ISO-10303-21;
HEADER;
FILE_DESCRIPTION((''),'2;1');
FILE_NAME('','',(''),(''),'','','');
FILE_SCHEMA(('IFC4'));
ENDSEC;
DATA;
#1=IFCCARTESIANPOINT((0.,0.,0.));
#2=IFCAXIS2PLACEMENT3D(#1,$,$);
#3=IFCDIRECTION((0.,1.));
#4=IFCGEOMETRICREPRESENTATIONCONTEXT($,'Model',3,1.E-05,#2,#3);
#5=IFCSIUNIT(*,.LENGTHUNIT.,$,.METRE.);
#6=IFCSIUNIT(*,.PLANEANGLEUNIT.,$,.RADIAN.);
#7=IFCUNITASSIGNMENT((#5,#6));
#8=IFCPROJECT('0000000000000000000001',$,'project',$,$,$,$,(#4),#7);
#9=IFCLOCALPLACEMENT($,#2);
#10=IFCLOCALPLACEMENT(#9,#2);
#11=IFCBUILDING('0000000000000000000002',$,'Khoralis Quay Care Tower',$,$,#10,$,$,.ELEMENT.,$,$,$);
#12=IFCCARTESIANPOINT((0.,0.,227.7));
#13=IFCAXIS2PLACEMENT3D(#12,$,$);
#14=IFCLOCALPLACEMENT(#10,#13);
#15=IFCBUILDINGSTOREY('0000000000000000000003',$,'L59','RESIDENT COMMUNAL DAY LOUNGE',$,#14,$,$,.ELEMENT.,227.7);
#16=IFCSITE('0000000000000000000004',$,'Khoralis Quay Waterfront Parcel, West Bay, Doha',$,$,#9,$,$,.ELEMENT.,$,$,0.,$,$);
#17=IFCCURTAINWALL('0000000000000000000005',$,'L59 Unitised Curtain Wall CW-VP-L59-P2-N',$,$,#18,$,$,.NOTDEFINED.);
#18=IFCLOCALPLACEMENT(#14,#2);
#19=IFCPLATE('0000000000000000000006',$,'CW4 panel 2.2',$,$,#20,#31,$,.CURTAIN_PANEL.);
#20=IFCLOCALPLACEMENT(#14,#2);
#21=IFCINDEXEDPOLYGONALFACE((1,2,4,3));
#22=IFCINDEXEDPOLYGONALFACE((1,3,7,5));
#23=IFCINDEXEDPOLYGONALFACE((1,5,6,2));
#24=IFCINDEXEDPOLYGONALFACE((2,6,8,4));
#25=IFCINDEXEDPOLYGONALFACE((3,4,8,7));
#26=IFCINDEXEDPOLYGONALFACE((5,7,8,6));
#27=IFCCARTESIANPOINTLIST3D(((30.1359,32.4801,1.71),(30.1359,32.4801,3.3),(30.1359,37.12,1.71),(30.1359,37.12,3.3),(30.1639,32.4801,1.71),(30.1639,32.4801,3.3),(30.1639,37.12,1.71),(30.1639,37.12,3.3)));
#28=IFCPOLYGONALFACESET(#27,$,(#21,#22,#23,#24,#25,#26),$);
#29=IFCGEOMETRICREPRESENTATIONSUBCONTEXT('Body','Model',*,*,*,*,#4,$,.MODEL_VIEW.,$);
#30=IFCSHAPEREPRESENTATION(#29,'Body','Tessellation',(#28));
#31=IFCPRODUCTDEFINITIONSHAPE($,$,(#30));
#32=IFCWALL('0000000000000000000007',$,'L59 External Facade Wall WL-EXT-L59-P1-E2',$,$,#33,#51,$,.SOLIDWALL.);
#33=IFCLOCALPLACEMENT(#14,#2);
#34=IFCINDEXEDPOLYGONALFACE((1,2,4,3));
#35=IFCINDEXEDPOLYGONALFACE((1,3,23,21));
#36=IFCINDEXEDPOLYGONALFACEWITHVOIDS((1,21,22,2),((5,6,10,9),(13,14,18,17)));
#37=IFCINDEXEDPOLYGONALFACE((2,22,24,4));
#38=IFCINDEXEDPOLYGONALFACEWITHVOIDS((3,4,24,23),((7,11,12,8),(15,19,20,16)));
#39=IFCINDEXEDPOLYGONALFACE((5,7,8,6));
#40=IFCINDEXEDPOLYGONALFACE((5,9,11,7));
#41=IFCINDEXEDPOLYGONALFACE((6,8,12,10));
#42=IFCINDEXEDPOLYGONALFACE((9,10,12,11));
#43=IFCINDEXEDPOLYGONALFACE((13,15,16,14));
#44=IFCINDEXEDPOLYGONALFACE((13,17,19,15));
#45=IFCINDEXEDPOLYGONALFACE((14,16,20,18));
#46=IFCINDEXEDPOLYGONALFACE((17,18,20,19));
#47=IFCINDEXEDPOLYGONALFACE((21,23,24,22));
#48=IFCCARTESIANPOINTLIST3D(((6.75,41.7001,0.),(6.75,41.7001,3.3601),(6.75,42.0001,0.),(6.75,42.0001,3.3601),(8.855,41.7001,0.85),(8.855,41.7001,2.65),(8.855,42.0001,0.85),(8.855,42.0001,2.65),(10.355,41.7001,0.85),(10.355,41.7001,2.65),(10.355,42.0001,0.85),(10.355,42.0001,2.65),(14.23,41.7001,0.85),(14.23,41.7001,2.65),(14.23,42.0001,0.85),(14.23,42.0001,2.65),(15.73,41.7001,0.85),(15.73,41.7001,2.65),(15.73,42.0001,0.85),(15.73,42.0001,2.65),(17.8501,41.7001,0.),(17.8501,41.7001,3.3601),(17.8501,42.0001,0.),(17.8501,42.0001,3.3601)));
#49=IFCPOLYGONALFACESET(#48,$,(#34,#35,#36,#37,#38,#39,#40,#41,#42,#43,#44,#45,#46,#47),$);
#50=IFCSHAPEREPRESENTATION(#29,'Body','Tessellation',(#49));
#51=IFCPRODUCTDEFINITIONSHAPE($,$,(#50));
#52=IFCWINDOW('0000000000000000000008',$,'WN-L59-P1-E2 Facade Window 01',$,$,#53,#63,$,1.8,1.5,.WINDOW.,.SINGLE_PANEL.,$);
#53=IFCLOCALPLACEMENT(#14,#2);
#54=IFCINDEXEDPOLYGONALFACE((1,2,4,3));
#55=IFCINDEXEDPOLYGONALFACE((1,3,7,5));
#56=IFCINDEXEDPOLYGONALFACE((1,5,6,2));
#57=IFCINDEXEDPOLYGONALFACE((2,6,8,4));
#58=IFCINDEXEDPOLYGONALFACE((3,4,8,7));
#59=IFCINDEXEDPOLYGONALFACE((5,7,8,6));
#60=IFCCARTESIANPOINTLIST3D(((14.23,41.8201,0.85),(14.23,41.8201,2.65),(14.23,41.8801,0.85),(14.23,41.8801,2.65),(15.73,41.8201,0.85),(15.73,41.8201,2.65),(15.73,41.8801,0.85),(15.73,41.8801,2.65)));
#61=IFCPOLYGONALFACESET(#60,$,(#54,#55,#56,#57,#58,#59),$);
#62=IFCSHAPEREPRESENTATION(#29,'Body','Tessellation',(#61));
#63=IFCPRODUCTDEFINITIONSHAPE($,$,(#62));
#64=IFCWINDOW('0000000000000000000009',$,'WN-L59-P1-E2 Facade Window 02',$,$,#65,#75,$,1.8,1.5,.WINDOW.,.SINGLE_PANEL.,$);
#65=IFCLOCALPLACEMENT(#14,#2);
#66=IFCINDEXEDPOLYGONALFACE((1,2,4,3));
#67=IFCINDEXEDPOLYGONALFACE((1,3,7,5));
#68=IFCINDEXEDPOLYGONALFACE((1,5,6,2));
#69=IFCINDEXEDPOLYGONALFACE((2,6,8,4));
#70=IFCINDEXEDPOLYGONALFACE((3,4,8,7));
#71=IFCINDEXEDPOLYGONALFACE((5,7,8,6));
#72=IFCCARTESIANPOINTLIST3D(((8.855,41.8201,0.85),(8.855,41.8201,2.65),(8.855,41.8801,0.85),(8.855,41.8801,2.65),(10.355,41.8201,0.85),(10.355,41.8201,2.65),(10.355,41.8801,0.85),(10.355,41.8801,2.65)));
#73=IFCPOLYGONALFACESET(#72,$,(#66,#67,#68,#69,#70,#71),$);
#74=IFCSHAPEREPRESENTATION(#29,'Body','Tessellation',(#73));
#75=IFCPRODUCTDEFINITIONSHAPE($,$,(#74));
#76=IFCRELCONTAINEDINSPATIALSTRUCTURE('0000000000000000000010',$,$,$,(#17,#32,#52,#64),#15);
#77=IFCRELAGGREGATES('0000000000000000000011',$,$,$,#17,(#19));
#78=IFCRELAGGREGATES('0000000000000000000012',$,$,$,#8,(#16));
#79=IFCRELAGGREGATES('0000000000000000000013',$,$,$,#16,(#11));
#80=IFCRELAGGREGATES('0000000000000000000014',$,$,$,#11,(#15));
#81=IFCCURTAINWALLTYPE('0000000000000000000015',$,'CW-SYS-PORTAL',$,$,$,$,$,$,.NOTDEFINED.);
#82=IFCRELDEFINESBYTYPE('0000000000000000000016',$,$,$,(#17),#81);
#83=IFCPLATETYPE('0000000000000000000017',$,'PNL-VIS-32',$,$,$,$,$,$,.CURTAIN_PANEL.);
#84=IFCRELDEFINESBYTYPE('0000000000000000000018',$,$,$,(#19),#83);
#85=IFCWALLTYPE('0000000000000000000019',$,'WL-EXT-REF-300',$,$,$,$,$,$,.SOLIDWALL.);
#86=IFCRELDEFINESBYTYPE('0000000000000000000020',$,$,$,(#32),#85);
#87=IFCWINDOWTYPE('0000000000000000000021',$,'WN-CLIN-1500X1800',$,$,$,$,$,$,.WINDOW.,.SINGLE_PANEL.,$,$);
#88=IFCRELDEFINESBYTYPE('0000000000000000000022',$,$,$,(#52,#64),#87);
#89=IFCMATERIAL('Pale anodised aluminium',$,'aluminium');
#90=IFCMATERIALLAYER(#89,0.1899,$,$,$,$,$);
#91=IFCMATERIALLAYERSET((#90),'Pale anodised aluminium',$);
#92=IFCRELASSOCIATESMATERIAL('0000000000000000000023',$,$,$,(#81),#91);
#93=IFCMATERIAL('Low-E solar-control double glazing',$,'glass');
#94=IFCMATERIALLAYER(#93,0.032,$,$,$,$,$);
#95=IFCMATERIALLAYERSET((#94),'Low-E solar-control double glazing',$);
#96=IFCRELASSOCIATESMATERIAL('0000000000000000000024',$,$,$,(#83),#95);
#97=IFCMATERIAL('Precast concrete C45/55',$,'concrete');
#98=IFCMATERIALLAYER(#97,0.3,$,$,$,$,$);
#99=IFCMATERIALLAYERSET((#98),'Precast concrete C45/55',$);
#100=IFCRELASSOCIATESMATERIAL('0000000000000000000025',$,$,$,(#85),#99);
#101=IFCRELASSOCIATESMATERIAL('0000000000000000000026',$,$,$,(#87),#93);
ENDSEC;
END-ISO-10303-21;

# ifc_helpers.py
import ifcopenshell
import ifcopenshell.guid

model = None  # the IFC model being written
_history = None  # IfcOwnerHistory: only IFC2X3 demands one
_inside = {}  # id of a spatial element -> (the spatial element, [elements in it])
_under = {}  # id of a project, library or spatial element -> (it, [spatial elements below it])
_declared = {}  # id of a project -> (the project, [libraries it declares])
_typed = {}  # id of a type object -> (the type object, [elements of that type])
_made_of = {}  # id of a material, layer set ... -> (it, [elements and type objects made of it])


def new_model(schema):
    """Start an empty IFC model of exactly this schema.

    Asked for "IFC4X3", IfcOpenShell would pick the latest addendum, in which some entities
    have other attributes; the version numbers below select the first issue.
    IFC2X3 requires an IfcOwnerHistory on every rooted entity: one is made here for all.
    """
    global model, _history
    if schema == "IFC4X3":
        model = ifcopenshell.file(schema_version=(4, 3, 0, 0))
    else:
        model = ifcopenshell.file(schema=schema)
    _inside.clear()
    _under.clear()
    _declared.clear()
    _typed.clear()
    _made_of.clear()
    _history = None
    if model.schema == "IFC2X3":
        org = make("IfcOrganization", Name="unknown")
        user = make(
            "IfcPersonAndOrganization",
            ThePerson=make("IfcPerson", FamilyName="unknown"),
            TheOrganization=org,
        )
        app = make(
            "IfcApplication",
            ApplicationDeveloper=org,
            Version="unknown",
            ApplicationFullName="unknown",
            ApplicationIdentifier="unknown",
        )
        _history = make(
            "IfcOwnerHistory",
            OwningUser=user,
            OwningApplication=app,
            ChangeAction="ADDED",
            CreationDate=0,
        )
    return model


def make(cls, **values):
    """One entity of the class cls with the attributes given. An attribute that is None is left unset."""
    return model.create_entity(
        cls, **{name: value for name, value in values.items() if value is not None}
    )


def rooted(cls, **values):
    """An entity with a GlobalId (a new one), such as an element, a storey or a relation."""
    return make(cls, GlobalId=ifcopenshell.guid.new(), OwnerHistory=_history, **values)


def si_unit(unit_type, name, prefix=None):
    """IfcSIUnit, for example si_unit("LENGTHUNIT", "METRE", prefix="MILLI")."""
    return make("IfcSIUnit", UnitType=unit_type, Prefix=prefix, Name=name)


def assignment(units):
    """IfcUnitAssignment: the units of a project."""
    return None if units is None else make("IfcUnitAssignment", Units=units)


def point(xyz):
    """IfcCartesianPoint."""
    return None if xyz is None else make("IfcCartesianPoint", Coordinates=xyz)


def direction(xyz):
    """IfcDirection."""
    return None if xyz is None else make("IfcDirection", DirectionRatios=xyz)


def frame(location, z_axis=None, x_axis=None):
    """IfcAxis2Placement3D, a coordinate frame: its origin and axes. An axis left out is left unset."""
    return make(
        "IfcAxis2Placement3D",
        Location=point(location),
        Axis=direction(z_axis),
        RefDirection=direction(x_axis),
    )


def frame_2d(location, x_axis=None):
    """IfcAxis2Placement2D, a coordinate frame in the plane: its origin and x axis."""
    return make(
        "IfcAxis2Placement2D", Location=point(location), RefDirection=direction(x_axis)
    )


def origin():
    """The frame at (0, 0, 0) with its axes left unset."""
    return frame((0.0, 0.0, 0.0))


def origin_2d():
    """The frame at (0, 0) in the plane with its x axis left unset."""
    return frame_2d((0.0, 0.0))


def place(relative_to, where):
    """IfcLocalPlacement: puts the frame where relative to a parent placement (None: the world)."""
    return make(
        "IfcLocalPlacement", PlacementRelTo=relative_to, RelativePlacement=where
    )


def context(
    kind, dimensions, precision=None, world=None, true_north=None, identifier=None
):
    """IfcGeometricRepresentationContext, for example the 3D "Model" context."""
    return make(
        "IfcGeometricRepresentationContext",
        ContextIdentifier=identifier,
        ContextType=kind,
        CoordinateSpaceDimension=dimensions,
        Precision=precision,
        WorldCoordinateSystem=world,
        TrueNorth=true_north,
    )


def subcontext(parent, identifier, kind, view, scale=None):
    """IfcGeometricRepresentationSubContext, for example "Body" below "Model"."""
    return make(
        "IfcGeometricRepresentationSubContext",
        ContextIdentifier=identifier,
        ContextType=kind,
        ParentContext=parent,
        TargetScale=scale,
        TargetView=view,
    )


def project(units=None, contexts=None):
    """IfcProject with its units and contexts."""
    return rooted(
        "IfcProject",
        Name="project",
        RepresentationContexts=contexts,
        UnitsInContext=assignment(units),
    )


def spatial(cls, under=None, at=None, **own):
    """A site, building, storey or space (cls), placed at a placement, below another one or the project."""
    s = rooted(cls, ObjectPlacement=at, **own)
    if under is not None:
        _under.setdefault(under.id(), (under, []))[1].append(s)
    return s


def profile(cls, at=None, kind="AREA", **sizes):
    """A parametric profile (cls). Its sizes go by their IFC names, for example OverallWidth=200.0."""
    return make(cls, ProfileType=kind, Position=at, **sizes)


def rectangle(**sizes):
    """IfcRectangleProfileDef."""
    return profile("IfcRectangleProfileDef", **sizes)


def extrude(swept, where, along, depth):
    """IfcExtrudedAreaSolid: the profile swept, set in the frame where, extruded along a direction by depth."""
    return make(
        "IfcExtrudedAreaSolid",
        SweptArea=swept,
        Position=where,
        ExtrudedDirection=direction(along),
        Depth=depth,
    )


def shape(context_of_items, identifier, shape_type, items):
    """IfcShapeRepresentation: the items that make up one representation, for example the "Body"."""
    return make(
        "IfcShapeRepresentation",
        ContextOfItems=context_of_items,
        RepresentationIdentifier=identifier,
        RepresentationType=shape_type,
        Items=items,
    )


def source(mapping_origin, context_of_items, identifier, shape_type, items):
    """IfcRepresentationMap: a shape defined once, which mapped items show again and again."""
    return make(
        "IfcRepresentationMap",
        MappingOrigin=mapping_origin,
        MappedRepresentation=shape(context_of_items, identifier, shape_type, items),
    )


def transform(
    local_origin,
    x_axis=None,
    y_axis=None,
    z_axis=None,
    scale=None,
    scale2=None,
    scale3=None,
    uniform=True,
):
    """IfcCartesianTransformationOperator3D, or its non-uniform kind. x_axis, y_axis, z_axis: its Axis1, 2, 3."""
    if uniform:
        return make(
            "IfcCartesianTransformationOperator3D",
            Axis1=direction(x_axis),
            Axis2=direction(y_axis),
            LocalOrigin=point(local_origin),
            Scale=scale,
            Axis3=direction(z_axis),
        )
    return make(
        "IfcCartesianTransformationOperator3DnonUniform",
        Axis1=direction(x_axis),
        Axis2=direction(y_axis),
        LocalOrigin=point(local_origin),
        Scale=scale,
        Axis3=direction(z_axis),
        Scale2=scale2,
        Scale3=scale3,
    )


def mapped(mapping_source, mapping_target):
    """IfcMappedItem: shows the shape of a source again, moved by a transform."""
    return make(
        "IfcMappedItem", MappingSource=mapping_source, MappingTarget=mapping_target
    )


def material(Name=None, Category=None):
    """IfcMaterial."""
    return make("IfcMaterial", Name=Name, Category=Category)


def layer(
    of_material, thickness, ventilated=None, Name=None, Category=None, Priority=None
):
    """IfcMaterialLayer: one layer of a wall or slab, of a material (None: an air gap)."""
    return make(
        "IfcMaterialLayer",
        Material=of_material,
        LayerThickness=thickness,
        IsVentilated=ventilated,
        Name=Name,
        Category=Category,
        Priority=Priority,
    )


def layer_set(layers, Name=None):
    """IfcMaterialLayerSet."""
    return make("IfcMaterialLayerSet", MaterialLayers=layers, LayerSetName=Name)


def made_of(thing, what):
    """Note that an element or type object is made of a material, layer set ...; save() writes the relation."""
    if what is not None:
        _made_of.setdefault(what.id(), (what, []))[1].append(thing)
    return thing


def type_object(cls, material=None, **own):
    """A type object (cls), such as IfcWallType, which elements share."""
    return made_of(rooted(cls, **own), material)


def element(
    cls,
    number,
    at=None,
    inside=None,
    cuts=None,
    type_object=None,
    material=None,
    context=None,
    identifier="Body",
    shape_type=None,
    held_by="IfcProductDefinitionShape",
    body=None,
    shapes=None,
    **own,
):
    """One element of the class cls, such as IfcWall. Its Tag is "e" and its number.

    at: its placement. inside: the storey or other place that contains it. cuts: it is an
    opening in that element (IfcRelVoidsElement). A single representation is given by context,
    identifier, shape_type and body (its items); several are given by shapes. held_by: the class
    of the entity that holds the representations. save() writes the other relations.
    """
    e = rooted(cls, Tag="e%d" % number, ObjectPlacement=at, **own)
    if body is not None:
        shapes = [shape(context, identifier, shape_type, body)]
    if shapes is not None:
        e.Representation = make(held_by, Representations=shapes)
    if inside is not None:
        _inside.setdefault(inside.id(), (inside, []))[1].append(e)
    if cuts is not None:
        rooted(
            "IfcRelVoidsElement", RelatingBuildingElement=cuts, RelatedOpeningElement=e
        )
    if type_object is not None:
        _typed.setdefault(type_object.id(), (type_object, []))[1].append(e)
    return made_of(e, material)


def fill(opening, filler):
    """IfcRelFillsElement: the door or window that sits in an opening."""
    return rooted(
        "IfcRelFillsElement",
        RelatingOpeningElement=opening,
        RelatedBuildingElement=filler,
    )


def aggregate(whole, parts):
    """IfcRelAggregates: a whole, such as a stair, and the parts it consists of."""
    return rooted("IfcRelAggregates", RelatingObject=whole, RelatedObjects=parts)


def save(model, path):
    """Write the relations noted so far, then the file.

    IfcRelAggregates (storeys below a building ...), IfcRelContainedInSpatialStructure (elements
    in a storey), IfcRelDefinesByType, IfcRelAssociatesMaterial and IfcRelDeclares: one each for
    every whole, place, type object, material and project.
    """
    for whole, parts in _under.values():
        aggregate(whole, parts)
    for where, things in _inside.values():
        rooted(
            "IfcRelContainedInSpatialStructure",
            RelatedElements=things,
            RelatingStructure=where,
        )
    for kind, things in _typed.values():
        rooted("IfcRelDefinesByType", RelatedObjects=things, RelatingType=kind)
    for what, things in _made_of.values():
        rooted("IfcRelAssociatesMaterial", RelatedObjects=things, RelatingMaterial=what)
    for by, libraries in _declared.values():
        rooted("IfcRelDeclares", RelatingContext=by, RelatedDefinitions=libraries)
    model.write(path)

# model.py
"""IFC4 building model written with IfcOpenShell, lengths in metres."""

from ifc_helpers import new_model, si_unit, direction, frame, frame_2d, origin, origin_2d, place, context, subcontext, project, spatial, rectangle, extrude, source, transform, mapped, material, layer, layer_set, type_object, element, fill, aggregate, save


model = new_model("IFC4")

# Units and contexts
model_context = context("Model", 3, precision=1e-05, world=origin(), true_north=direction((0.0, 1.0)))
body_context = subcontext(model_context, "Body", "Model", "MODEL_VIEW")
ifc_project = project(units=[si_unit("LENGTHUNIT", "METRE"), si_unit("PLANEANGLEUNIT", "RADIAN")], contexts=[model_context])

# Site, building, storey
site_placement = place(None, origin())
site = spatial("IfcSite", under=ifc_project, at=site_placement, Name="Khoralis Quay Waterfront Parcel, West Bay, Doha", CompositionType="ELEMENT", RefElevation=0.0)
building_placement = place(site_placement, origin())
building = spatial("IfcBuilding", under=site, at=building_placement, Name="Khoralis Quay Care Tower", CompositionType="ELEMENT")
storey_placement = place(building_placement, frame((0.0, 0.0, 227.7)))
storey = spatial("IfcBuildingStorey", under=building, at=storey_placement, Name="L59", Description="RESIDENT COMMUNAL DAY LOUNGE", CompositionType="ELEMENT", Elevation=227.7)

# Curtain wall
ifc_material_1 = material(Name="Pale anodised aluminium", Category="aluminium")
ifc_layer_1 = layer(ifc_material_1, 0.1899)
ifc_layer_set_1 = layer_set([ifc_layer_1], Name="Pale anodised aluminium")
curtain_wall_type = type_object("IfcCurtainWallType", Name="CW-SYS-PORTAL", PredefinedType="NOTDEFINED", material=ifc_layer_set_1)
curtain_wall_1_placement = place(storey_placement, origin())
curtain_wall_1 = element("IfcCurtainWall", 1, at=curtain_wall_1_placement, inside=storey, type_object=curtain_wall_type, Name="L59 Unitised Curtain Wall CW-VP-L59-P2-N", PredefinedType="NOTDEFINED")

# Plate
ifc_material_2 = material(Name="Low-E solar-control double glazing", Category="glass")
ifc_layer_2 = layer(ifc_material_2, 0.032)
ifc_layer_set_2 = layer_set([ifc_layer_2], Name="Low-E solar-control double glazing")
plate_type = type_object("IfcPlateType", Name="PNL-VIS-32", PredefinedType="CURTAIN_PANEL", material=ifc_layer_set_2)
shared_shape_1 = source(origin(), body_context, "Body", "SweptSolid", [
    extrude(rectangle(XDim=4.6399, YDim=0.0281, at=origin_2d()), origin(), (0.0, 0.0, 1.0), 1.5901),
])
plate_1_placement = place(storey_placement, frame((30.1499, 34.8, 1.71), z_axis=(0.0, 0.0, 1.0), x_axis=(0.0, 1.0, 0.0)))
plate_1 = element("IfcPlate", 2, at=plate_1_placement, type_object=plate_type, Name="CW4 panel 2.2", PredefinedType="CURTAIN_PANEL", context=body_context, shape_type="MappedRepresentation", body=[
    mapped(shared_shape_1, transform((0.0, 0.0, 0.0), scale=1.0)),
])
aggregate(curtain_wall_1, [plate_1])

# Wall, openings, windows
ifc_material_3 = material(Name="Precast concrete C45/55", Category="concrete")
ifc_layer_3 = layer(ifc_material_3, 0.3)
ifc_layer_set_3 = layer_set([ifc_layer_3], Name="Precast concrete C45/55")
wall_type = type_object("IfcWallType", Name="WL-EXT-REF-300", PredefinedType="SOLIDWALL", material=ifc_layer_set_3)
wall_placement = place(storey_placement, frame((17.8501, 41.8501, 0.0), z_axis=(0.0, 0.0, 1.0), x_axis=(-1.0, 0.0, 0.0)))
wall = element("IfcWall", 3, at=wall_placement, inside=storey, type_object=wall_type, Name="L59 External Facade Wall WL-EXT-L59-P1-E2", PredefinedType="SOLIDWALL", context=body_context, shape_type="SweptSolid", body=[
    extrude(rectangle(XDim=11.1001, YDim=0.3, at=frame_2d((5.55, 0.0))), origin(), (0.0, 0.0, 1.0), 3.3601),
])
opening_1_placement = place(wall_placement, frame((2.1201, 0.0, 0.8501)))
opening_1 = element("IfcOpeningElement", 4, at=opening_1_placement, cuts=wall, PredefinedType="OPENING", context=body_context, shape_type="SweptSolid", body=[
    extrude(rectangle(XDim=1.5, YDim=1.8, at=frame_2d((0.75, 0.8999))), frame((0.0, 0.1602, 0.0), z_axis=(0.0, -1.0, 0.0), x_axis=(1.0, 0.0, 0.0)), (0.0, 0.0, 1.0), 0.3201),
])
opening_2_placement = place(wall_placement, frame((7.4951, 0.0, 0.8501)))
opening_2 = element("IfcOpeningElement", 5, at=opening_2_placement, cuts=wall, PredefinedType="OPENING", context=body_context, shape_type="SweptSolid", body=[
    extrude(rectangle(XDim=1.5, YDim=1.8, at=frame_2d((0.75, 0.8999))), frame((0.0, 0.1602, 0.0), z_axis=(0.0, -1.0, 0.0), x_axis=(1.0, 0.0, 0.0)), (0.0, 0.0, 1.0), 0.3201),
])
window_type = type_object("IfcWindowType", Name="WN-CLIN-1500X1800", PartitioningType="SINGLE_PANEL", PredefinedType="WINDOW", material=ifc_material_2)
shared_shape_2 = source(origin(), body_context, "Body", "SweptSolid", [
    extrude(rectangle(XDim=1.5, YDim=1.8, at=frame_2d((0.75, 0.8999))), frame((0.0, 0.03, 0.0), z_axis=(0.0, -1.0, 0.0), x_axis=(1.0, 0.0, 0.0)), (0.0, 0.0, 1.0), 0.0601),
])
window_1_placement = place(opening_1_placement, origin())
window_1 = element("IfcWindow", 6, at=window_1_placement, inside=storey, type_object=window_type, Name="WN-L59-P1-E2 Facade Window 01", OverallHeight=1.8, OverallWidth=1.5, PartitioningType="SINGLE_PANEL", PredefinedType="WINDOW", context=body_context, shape_type="MappedRepresentation", body=[
    mapped(shared_shape_2, transform((0.0, 0.0, 0.0), scale=1.0)),
])
fill(opening_1, window_1)
window_2_placement = place(opening_2_placement, origin())
window_2 = element("IfcWindow", 7, at=window_2_placement, inside=storey, type_object=window_type, Name="WN-L59-P1-E2 Facade Window 02", OverallHeight=1.8, OverallWidth=1.5, PartitioningType="SINGLE_PANEL", PredefinedType="WINDOW", context=body_context, shape_type="MappedRepresentation", body=[
    mapped(shared_shape_2, transform((0.0, 0.0, 0.0), scale=1.0)),
])
fill(opening_2, window_2)

save(model, "model.ifc")
